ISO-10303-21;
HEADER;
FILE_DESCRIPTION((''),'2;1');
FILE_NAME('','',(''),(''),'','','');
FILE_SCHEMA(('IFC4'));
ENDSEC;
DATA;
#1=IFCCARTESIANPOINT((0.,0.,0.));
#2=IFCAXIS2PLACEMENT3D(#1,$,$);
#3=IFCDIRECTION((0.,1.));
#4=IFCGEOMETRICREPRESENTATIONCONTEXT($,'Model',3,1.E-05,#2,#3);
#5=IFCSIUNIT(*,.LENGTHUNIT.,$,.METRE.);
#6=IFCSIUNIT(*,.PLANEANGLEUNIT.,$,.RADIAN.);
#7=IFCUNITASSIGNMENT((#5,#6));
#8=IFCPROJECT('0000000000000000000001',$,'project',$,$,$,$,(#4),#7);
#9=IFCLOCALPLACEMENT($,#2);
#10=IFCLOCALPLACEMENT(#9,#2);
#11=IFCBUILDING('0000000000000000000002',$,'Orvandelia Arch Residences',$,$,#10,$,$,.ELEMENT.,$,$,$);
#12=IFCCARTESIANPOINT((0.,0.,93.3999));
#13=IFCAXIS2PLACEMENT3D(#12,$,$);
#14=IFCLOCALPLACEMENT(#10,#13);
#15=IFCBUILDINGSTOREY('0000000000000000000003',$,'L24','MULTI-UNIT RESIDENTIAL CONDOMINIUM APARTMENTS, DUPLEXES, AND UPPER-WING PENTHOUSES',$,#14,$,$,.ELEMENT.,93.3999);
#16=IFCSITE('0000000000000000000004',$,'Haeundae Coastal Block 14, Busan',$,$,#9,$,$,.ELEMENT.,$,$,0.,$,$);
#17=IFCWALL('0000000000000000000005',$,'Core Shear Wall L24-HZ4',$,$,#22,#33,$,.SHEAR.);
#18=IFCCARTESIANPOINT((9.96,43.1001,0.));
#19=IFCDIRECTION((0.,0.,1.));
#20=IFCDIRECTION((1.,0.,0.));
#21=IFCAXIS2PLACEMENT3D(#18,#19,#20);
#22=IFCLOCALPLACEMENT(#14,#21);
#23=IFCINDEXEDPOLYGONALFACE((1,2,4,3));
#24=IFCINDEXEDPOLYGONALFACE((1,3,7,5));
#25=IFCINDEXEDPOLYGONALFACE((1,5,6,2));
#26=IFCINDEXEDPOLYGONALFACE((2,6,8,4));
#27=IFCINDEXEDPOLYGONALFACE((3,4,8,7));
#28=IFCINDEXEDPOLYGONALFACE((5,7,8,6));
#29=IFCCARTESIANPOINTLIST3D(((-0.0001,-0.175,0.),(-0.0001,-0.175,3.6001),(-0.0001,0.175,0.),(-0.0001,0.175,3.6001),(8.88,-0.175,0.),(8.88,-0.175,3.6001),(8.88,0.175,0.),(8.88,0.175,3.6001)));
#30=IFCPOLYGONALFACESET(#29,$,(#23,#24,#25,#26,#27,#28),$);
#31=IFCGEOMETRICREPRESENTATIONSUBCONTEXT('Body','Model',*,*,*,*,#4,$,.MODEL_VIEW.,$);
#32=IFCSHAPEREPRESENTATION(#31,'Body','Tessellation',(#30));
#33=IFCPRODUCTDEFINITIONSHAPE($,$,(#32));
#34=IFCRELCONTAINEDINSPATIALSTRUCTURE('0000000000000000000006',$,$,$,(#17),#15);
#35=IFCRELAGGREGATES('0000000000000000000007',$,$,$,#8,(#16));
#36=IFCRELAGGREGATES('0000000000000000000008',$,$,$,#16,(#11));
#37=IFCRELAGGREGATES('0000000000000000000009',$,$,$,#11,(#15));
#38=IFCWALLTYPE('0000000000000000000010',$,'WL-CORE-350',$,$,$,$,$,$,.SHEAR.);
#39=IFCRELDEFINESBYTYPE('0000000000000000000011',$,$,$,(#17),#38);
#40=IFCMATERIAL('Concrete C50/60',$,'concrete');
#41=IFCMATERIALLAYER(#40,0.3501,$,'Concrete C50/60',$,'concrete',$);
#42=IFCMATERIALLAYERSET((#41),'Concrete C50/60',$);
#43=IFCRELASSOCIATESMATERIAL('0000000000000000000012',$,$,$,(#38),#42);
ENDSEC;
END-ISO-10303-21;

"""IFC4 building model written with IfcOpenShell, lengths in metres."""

from ifc_helpers import new_model, si_unit, direction, frame, frame_2d, origin, place, context, subcontext, project, spatial, rectangle, extrude, material, layer, layer_set, type_object, element, save


model = new_model("IFC4")

# Units and contexts
model_context = context("Model", 3, precision=1e-05, world=origin(), true_north=direction((0.0, 1.0)))
body_context = subcontext(model_context, "Body", "Model", "MODEL_VIEW")
ifc_project = project(units=[si_unit("LENGTHUNIT", "METRE"), si_unit("PLANEANGLEUNIT", "RADIAN")], contexts=[model_context])

# Site, building, storey
site_placement = place(None, origin())
site = spatial("IfcSite", under=ifc_project, at=site_placement, Name="Haeundae Coastal Block 14, Busan", CompositionType="ELEMENT", RefElevation=0.0)
building_placement = place(site_placement, origin())
building = spatial("IfcBuilding", under=site, at=building_placement, Name="Orvandelia Arch Residences", CompositionType="ELEMENT")
storey_placement = place(building_placement, frame((0.0, 0.0, 93.3999)))
storey = spatial("IfcBuildingStorey", under=building, at=storey_placement, Name="L24", Description="MULTI-UNIT RESIDENTIAL CONDOMINIUM APARTMENTS, DUPLEXES, AND UPPER-WING PENTHOUSES", CompositionType="ELEMENT", Elevation=93.3999)

# Wall
ifc_material_1 = material(Name="Concrete C50/60", Category="concrete")
ifc_layer_1 = layer(ifc_material_1, 0.3501, Name="Concrete C50/60", Category="concrete")
ifc_layer_set_1 = layer_set([ifc_layer_1], Name="Concrete C50/60")
wall_type_1 = type_object("IfcWallType", Name="WL-CORE-350", PredefinedType="SHEAR", material=ifc_layer_set_1)
wall_1_placement = place(storey_placement, frame((9.96, 43.1001, 0.0), z_axis=(0.0, 0.0, 1.0), x_axis=(1.0, 0.0, 0.0)))
element("IfcWall", 1, at=wall_1_placement, inside=storey, type_object=wall_type_1, Name="Core Shear Wall L24-HZ4", PredefinedType="SHEAR", context=body_context, shape_type="SweptSolid", body=[
    extrude(rectangle(XDim=8.8801, YDim=0.3501, at=frame_2d((4.4399, 0.0))), origin(), (0.0, 0.0, 1.0), 3.6001),
])

save(model, "model.ifc")
